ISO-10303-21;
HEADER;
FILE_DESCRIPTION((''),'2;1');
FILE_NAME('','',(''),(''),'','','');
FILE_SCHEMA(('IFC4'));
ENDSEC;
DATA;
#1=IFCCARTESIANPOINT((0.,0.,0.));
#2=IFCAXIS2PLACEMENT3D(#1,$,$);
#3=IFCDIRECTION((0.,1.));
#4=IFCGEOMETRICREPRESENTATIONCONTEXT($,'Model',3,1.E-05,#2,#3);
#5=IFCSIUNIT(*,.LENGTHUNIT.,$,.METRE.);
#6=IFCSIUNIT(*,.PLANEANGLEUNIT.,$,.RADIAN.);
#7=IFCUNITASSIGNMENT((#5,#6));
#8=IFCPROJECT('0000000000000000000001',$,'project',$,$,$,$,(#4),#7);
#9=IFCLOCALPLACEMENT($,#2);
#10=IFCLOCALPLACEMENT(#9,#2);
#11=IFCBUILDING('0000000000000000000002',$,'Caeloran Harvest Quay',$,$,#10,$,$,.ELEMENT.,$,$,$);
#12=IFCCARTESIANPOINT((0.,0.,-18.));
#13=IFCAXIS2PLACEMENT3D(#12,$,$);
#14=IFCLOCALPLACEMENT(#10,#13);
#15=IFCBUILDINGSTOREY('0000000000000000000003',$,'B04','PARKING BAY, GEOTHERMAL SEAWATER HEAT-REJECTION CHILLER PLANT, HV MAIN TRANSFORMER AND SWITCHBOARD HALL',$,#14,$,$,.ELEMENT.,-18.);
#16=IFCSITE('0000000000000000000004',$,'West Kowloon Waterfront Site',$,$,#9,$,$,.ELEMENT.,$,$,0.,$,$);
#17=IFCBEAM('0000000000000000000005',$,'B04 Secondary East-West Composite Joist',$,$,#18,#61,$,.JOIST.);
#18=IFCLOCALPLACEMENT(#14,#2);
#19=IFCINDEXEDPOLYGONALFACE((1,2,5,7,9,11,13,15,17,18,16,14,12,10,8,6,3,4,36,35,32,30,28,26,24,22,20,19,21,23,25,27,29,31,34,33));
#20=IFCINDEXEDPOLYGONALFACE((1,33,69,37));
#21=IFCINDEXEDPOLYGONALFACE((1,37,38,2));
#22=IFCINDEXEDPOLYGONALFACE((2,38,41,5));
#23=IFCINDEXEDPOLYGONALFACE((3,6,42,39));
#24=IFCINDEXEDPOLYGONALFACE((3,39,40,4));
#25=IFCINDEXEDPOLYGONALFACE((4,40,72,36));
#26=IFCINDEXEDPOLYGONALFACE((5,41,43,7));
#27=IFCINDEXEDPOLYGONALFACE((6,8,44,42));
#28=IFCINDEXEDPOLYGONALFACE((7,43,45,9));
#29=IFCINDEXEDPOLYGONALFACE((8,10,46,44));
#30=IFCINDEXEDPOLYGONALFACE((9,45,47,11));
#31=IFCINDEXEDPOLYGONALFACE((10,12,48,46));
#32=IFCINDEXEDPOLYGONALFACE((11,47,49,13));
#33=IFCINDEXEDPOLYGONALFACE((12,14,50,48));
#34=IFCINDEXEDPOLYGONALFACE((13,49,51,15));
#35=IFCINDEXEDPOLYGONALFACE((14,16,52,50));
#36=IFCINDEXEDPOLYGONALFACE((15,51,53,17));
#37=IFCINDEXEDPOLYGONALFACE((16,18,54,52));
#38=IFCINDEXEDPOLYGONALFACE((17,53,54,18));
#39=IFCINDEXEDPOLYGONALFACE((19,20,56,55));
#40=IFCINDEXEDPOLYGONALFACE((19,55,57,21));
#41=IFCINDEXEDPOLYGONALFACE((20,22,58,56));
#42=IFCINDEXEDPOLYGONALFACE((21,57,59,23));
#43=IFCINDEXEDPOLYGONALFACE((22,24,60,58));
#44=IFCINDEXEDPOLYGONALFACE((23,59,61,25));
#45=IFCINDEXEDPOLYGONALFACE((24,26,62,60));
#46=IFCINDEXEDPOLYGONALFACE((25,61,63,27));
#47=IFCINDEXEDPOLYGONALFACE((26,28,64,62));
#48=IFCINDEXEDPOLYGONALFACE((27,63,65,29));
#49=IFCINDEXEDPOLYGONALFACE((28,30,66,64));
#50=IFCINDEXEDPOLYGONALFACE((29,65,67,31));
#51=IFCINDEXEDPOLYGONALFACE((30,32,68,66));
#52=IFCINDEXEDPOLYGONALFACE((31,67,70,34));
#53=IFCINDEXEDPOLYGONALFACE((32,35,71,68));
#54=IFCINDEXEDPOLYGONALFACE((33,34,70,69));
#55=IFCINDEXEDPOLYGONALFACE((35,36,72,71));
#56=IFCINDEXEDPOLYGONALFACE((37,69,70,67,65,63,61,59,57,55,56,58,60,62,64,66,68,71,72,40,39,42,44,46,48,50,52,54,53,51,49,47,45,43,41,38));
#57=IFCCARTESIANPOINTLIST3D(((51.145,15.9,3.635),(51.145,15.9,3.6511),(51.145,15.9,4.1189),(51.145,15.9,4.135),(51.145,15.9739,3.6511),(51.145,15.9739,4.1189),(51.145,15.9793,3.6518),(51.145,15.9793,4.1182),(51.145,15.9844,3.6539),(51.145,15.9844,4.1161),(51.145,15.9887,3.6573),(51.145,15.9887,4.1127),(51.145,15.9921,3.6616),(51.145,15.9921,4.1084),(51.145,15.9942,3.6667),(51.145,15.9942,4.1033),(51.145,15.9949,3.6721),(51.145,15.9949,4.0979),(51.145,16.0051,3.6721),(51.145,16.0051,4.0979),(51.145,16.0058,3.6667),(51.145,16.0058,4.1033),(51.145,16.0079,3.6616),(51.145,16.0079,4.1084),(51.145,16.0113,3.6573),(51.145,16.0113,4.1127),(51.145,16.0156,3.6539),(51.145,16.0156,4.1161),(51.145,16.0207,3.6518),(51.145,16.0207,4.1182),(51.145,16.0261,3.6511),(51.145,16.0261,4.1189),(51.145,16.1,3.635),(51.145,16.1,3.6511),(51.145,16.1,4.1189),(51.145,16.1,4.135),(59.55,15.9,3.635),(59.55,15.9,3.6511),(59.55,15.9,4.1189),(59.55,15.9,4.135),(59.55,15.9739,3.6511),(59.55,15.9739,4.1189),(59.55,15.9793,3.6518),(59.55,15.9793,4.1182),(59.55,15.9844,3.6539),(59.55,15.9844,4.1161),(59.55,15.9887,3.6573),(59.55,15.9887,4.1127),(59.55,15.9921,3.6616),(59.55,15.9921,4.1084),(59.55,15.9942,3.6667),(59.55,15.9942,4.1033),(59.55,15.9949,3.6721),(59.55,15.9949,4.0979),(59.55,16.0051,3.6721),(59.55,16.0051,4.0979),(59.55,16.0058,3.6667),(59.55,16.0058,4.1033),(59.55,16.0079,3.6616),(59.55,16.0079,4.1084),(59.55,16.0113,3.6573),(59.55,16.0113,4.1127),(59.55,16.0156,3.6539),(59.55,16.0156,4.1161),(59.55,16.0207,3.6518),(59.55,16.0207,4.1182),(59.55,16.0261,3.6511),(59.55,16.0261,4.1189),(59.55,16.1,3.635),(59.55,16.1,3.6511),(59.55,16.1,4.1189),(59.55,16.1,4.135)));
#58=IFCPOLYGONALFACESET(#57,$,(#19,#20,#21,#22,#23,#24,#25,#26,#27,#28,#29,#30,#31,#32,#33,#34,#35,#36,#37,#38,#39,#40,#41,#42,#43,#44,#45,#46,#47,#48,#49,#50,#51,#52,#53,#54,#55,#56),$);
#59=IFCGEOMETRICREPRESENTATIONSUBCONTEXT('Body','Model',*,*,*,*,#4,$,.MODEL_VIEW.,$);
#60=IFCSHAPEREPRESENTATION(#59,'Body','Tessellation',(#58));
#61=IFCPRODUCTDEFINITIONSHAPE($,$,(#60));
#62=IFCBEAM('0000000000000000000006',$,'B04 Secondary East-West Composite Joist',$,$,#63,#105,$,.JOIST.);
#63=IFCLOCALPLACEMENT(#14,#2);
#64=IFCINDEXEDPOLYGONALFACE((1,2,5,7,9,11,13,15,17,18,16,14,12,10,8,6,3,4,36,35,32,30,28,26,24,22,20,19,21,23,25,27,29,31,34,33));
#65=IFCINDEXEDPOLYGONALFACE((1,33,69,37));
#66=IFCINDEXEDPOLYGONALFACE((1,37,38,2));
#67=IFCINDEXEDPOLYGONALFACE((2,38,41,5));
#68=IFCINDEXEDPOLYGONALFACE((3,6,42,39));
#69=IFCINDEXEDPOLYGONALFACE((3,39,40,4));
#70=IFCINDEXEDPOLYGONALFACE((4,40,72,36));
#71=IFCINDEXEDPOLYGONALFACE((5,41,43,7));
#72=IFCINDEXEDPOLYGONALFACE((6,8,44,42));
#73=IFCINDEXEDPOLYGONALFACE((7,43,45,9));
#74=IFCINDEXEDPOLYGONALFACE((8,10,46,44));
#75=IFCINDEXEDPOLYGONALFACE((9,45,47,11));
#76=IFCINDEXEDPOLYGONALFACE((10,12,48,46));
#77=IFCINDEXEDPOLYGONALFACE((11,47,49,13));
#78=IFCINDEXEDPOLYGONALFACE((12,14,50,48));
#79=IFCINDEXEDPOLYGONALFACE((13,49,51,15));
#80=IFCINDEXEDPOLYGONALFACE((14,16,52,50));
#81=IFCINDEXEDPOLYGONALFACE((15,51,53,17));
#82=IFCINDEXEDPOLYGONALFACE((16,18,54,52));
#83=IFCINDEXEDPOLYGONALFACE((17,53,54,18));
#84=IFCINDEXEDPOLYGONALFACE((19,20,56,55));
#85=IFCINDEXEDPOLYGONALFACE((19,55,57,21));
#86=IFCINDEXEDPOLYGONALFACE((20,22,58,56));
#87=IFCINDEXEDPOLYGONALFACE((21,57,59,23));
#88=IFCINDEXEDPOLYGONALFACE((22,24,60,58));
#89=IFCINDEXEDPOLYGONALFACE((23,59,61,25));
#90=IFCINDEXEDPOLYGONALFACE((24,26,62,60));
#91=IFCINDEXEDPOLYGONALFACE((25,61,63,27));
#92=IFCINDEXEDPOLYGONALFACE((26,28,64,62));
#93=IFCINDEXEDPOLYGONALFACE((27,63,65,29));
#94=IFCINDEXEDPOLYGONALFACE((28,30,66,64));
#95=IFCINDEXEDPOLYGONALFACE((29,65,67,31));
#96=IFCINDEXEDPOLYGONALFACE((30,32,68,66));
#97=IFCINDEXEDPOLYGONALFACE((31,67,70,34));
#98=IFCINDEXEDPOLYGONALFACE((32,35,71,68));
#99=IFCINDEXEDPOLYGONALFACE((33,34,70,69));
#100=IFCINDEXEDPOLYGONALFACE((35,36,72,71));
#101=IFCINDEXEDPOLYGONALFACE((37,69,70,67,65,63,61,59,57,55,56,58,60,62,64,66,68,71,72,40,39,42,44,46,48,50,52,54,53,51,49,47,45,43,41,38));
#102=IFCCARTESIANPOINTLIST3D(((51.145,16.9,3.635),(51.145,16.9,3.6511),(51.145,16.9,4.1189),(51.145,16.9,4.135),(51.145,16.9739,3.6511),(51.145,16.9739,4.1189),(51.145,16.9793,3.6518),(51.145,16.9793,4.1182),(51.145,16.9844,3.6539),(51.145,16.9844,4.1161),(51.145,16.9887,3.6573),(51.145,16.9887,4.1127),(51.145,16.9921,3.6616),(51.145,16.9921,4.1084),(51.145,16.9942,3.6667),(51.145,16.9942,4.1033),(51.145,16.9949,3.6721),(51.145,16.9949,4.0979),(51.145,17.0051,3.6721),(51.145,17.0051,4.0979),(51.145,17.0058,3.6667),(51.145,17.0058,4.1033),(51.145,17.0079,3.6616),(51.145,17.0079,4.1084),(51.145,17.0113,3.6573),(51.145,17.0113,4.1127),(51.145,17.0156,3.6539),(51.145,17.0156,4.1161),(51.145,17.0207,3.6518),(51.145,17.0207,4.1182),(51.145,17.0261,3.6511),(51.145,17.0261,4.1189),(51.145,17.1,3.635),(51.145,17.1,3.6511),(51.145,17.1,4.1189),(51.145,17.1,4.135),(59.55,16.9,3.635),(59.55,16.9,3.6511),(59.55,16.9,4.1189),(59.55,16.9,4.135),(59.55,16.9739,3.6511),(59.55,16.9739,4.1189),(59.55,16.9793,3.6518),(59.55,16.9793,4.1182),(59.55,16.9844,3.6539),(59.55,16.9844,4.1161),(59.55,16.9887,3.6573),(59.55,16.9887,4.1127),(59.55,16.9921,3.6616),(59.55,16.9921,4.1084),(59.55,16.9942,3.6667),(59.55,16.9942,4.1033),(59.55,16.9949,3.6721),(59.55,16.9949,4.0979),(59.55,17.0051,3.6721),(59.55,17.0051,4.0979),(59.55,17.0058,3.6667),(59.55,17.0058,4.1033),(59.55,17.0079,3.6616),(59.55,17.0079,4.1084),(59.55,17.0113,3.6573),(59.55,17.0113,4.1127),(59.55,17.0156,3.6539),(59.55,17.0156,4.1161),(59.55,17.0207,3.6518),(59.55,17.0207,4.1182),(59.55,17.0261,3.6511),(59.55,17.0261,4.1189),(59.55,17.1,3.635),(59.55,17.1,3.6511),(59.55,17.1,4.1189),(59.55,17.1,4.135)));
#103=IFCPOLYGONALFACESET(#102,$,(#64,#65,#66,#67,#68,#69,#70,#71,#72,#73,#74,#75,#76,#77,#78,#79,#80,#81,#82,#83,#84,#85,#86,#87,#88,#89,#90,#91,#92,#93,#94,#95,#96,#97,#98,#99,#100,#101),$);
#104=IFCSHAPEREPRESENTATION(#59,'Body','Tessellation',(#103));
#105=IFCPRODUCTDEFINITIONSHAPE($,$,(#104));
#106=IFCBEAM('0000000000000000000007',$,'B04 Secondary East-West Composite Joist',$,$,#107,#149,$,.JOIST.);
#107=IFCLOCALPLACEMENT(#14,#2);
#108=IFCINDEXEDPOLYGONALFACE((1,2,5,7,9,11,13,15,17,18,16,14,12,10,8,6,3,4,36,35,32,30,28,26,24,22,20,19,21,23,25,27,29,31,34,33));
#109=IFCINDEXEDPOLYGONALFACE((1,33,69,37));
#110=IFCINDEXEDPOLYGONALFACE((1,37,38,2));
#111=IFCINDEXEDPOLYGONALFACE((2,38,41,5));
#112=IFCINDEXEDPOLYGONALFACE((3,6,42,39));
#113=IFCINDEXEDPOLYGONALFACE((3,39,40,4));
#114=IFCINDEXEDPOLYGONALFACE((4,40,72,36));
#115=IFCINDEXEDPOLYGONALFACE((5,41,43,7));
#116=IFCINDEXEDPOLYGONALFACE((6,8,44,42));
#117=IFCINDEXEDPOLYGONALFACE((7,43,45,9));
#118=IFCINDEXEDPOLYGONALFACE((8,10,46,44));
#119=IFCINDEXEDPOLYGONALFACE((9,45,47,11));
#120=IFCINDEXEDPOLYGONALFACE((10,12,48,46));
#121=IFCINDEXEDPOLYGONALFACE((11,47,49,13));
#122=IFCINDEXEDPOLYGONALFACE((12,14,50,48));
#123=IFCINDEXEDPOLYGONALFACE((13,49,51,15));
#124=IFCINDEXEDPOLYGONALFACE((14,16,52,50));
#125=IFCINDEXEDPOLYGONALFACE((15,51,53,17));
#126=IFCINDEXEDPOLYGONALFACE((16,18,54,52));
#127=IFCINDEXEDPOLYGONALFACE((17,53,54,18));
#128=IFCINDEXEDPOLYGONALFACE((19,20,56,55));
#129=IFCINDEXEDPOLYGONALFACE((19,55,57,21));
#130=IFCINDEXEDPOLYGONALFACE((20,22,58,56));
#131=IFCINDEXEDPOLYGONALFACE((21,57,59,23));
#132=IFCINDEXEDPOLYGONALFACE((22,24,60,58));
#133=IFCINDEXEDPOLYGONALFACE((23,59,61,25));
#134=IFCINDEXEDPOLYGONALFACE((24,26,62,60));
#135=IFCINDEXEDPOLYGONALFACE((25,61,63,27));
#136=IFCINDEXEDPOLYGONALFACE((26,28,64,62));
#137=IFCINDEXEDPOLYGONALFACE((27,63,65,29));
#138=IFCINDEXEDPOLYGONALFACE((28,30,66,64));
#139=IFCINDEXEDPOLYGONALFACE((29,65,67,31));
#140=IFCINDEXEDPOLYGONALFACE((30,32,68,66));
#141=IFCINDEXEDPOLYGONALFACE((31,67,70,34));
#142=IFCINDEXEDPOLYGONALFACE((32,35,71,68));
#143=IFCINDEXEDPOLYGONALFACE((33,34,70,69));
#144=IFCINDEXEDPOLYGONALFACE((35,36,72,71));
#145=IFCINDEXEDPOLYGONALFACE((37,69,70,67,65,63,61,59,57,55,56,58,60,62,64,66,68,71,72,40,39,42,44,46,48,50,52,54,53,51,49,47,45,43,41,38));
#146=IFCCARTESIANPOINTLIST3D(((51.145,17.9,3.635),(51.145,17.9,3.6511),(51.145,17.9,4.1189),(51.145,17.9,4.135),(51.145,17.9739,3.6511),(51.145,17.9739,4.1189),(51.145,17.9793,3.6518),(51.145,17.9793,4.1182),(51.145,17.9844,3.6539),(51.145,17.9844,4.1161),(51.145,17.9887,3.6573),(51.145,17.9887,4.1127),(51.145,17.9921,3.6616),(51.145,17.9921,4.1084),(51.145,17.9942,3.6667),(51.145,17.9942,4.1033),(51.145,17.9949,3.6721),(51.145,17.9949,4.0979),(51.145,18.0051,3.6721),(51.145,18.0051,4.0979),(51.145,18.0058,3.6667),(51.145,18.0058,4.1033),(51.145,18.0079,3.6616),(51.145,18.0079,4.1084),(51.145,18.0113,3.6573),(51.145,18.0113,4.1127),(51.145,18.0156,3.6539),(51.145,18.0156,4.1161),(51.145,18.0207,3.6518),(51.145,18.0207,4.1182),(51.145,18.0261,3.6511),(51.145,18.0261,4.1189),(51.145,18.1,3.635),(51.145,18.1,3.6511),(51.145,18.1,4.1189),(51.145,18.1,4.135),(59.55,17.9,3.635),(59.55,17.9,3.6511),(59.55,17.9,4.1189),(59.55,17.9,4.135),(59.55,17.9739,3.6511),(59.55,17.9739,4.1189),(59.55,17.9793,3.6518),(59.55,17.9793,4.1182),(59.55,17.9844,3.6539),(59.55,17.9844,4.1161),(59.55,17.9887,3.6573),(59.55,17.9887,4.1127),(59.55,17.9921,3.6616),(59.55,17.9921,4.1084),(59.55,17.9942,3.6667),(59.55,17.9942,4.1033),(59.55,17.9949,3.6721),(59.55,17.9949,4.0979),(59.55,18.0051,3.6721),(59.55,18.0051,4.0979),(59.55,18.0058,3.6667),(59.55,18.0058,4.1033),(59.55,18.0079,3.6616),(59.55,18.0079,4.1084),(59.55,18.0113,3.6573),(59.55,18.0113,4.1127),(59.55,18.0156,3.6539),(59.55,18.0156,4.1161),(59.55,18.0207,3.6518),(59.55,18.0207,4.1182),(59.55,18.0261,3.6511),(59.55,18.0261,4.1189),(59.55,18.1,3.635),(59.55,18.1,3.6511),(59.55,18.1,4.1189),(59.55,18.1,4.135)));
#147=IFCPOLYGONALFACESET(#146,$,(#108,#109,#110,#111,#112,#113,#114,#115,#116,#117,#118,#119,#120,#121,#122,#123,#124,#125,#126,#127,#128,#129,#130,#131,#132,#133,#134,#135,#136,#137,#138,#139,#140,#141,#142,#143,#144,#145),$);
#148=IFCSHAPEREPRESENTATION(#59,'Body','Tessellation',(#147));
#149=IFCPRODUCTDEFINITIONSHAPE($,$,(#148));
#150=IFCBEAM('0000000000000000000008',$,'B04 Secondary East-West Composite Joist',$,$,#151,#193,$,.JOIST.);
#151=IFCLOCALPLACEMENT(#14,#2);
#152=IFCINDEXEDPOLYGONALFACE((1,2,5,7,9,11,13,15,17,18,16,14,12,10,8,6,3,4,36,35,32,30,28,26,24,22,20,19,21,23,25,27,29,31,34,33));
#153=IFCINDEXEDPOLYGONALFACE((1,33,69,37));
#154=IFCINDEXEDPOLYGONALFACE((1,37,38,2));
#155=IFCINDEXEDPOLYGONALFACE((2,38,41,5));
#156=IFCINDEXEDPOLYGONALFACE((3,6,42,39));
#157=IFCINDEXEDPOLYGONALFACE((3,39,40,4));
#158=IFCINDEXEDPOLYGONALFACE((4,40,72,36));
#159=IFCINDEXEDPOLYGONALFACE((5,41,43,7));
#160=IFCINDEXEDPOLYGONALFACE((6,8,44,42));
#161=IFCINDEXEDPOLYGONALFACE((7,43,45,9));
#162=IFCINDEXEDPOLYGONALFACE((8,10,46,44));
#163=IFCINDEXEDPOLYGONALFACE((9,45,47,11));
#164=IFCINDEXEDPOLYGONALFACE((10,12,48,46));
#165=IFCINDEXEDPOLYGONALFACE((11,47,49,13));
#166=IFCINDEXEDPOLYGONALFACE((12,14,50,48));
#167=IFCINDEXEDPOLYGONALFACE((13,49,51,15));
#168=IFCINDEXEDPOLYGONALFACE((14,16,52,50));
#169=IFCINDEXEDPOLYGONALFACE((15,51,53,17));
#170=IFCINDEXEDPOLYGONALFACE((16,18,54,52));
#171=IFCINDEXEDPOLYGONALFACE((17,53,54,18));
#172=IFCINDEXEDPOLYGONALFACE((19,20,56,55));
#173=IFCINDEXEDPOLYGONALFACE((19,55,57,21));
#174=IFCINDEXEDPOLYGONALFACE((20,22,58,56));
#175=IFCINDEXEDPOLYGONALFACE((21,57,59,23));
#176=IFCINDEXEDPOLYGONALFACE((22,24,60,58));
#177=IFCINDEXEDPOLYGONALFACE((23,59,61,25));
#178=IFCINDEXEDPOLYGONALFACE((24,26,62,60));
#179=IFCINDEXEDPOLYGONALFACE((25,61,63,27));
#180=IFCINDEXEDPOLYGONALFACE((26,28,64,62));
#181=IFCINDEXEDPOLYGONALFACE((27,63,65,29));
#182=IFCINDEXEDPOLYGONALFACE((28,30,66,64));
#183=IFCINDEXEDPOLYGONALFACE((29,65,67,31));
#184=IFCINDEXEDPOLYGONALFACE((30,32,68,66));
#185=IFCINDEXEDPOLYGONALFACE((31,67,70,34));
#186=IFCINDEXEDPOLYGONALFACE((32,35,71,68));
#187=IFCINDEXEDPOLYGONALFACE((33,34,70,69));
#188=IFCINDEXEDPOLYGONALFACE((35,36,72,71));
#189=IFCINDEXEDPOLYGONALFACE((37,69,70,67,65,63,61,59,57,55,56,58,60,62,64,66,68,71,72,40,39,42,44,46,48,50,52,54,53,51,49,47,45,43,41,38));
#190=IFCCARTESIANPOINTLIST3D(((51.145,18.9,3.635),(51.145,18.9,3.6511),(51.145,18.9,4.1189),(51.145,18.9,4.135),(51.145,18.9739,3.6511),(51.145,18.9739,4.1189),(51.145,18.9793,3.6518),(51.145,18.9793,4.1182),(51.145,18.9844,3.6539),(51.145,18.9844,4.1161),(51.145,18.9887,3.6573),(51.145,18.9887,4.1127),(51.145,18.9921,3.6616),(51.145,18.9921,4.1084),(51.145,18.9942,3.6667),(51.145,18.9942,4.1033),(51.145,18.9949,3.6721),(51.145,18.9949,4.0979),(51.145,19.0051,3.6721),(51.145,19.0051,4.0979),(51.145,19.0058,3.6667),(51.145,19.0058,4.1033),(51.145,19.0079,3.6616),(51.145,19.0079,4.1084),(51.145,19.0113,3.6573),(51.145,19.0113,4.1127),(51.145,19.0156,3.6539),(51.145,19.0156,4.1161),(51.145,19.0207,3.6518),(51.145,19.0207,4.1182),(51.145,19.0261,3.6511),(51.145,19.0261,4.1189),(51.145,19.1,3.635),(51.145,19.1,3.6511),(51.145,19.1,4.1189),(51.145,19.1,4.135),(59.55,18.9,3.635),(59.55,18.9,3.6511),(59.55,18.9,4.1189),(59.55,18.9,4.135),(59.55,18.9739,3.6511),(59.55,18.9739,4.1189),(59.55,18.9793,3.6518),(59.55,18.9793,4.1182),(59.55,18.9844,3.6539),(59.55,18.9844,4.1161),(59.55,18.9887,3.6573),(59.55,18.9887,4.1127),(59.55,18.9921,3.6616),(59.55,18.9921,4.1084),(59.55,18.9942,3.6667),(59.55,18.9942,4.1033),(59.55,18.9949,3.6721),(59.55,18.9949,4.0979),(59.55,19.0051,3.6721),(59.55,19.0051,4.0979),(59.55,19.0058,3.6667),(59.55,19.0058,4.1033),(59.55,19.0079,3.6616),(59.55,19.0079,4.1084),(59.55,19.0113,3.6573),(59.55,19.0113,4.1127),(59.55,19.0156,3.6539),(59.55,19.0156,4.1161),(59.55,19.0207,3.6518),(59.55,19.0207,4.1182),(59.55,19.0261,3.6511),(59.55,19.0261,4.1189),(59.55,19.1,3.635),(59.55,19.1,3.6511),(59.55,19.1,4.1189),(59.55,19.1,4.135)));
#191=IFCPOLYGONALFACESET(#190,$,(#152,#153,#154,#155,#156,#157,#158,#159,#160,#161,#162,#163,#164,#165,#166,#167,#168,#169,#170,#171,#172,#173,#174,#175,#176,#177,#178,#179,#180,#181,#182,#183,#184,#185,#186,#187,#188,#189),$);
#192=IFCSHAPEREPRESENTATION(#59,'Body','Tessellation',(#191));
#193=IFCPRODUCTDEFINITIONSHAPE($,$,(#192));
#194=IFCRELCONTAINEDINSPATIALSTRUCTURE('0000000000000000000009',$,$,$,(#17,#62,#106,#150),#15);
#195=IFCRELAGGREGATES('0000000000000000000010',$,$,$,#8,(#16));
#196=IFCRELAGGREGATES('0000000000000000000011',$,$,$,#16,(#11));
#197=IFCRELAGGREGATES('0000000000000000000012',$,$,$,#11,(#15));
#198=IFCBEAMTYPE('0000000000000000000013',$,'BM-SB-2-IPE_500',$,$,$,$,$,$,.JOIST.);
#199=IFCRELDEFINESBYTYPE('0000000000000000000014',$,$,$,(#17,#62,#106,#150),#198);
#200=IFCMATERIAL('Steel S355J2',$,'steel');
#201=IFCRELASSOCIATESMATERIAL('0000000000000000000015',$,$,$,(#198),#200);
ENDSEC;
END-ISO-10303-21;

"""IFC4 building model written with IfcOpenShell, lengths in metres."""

from ifc_helpers import new_model, si_unit, direction, frame, origin, origin_2d, place, context, subcontext, project, spatial, i_section, extrude, material, material_profile, profile_set, type_object, element, save


model = new_model("IFC4")

# Units and contexts
model_context = context("Model", 3, precision=1e-05, world=origin(), true_north=direction((0.0, 1.0)))
body_context = subcontext(model_context, "Body", "Model", "MODEL_VIEW")
ifc_project = project(units=[si_unit("LENGTHUNIT", "METRE"), si_unit("PLANEANGLEUNIT", "RADIAN")], contexts=[model_context])

# Site, building, storey
site_placement = place(None, origin())
site = spatial("IfcSite", under=ifc_project, at=site_placement, Name="West Kowloon Waterfront Site", CompositionType="ELEMENT", RefElevation=0.0)
building_placement = place(site_placement, origin())
building = spatial("IfcBuilding", under=site, at=building_placement, Name="Caeloran Harvest Quay", CompositionType="ELEMENT")
storey_placement = place(building_placement, frame((0.0, 0.0, -18.0)))
storey = spatial("IfcBuildingStorey", under=building, at=storey_placement, Name="B04", Description="PARKING BAY, GEOTHERMAL SEAWATER HEAT-REJECTION CHILLER PLANT, HV MAIN TRANSFORMER AND SWITCHBOARD HALL", CompositionType="ELEMENT", Elevation=-18.0)

# Beams
ifc_material_1 = material(Name="Steel S355J2", Category="steel")
ifc_material_profile_1 = material_profile(ifc_material_1, i_section(OverallWidth=0.2, OverallDepth=0.5, WebThickness=0.0103, FlangeThickness=0.0161, FilletRadius=0.021, at=origin_2d()), Name="IPE 500")
ifc_profile_set_1 = profile_set([ifc_material_profile_1], Name="Steel S355J2")
beam_type_1 = type_object("IfcBeamType", Name="BM-SB-2-IPE_500", PredefinedType="JOIST", material=ifc_profile_set_1)
for number, where, z_axis, x_axis, name in (
    (1, (51.145, 16.0, 3.885), (1.0, 0.0, 0.0), (0.0, 1.0, 0.0), "B04 Secondary East-West Composite Joist"),
    (2, (51.145, 17.0, 3.885), (1.0, 0.0, 0.0), (0.0, 1.0, 0.0), "B04 Secondary East-West Composite Joist"),
    (3, (51.145, 18.0, 3.885), (1.0, 0.0, 0.0), (0.0, 1.0, 0.0), "B04 Secondary East-West Composite Joist"),
    (4, (51.145, 19.0, 3.885), (1.0, 0.0, 0.0), (0.0, 1.0, 0.0), "B04 Secondary East-West Composite Joist"),
):
    element("IfcBeam", number, at=place(storey_placement, frame(where, z_axis=z_axis, x_axis=x_axis)), inside=storey, type_object=beam_type_1, Name=name, PredefinedType="JOIST", context=body_context, shape_type="SweptSolid", body=[
        extrude(i_section(OverallWidth=0.2, OverallDepth=0.5, WebThickness=0.0103, FlangeThickness=0.0161, FilletRadius=0.021, at=origin_2d()), origin(), (0.0, 0.0, 1.0), 8.405),
    ])

save(model, "model.ifc")
